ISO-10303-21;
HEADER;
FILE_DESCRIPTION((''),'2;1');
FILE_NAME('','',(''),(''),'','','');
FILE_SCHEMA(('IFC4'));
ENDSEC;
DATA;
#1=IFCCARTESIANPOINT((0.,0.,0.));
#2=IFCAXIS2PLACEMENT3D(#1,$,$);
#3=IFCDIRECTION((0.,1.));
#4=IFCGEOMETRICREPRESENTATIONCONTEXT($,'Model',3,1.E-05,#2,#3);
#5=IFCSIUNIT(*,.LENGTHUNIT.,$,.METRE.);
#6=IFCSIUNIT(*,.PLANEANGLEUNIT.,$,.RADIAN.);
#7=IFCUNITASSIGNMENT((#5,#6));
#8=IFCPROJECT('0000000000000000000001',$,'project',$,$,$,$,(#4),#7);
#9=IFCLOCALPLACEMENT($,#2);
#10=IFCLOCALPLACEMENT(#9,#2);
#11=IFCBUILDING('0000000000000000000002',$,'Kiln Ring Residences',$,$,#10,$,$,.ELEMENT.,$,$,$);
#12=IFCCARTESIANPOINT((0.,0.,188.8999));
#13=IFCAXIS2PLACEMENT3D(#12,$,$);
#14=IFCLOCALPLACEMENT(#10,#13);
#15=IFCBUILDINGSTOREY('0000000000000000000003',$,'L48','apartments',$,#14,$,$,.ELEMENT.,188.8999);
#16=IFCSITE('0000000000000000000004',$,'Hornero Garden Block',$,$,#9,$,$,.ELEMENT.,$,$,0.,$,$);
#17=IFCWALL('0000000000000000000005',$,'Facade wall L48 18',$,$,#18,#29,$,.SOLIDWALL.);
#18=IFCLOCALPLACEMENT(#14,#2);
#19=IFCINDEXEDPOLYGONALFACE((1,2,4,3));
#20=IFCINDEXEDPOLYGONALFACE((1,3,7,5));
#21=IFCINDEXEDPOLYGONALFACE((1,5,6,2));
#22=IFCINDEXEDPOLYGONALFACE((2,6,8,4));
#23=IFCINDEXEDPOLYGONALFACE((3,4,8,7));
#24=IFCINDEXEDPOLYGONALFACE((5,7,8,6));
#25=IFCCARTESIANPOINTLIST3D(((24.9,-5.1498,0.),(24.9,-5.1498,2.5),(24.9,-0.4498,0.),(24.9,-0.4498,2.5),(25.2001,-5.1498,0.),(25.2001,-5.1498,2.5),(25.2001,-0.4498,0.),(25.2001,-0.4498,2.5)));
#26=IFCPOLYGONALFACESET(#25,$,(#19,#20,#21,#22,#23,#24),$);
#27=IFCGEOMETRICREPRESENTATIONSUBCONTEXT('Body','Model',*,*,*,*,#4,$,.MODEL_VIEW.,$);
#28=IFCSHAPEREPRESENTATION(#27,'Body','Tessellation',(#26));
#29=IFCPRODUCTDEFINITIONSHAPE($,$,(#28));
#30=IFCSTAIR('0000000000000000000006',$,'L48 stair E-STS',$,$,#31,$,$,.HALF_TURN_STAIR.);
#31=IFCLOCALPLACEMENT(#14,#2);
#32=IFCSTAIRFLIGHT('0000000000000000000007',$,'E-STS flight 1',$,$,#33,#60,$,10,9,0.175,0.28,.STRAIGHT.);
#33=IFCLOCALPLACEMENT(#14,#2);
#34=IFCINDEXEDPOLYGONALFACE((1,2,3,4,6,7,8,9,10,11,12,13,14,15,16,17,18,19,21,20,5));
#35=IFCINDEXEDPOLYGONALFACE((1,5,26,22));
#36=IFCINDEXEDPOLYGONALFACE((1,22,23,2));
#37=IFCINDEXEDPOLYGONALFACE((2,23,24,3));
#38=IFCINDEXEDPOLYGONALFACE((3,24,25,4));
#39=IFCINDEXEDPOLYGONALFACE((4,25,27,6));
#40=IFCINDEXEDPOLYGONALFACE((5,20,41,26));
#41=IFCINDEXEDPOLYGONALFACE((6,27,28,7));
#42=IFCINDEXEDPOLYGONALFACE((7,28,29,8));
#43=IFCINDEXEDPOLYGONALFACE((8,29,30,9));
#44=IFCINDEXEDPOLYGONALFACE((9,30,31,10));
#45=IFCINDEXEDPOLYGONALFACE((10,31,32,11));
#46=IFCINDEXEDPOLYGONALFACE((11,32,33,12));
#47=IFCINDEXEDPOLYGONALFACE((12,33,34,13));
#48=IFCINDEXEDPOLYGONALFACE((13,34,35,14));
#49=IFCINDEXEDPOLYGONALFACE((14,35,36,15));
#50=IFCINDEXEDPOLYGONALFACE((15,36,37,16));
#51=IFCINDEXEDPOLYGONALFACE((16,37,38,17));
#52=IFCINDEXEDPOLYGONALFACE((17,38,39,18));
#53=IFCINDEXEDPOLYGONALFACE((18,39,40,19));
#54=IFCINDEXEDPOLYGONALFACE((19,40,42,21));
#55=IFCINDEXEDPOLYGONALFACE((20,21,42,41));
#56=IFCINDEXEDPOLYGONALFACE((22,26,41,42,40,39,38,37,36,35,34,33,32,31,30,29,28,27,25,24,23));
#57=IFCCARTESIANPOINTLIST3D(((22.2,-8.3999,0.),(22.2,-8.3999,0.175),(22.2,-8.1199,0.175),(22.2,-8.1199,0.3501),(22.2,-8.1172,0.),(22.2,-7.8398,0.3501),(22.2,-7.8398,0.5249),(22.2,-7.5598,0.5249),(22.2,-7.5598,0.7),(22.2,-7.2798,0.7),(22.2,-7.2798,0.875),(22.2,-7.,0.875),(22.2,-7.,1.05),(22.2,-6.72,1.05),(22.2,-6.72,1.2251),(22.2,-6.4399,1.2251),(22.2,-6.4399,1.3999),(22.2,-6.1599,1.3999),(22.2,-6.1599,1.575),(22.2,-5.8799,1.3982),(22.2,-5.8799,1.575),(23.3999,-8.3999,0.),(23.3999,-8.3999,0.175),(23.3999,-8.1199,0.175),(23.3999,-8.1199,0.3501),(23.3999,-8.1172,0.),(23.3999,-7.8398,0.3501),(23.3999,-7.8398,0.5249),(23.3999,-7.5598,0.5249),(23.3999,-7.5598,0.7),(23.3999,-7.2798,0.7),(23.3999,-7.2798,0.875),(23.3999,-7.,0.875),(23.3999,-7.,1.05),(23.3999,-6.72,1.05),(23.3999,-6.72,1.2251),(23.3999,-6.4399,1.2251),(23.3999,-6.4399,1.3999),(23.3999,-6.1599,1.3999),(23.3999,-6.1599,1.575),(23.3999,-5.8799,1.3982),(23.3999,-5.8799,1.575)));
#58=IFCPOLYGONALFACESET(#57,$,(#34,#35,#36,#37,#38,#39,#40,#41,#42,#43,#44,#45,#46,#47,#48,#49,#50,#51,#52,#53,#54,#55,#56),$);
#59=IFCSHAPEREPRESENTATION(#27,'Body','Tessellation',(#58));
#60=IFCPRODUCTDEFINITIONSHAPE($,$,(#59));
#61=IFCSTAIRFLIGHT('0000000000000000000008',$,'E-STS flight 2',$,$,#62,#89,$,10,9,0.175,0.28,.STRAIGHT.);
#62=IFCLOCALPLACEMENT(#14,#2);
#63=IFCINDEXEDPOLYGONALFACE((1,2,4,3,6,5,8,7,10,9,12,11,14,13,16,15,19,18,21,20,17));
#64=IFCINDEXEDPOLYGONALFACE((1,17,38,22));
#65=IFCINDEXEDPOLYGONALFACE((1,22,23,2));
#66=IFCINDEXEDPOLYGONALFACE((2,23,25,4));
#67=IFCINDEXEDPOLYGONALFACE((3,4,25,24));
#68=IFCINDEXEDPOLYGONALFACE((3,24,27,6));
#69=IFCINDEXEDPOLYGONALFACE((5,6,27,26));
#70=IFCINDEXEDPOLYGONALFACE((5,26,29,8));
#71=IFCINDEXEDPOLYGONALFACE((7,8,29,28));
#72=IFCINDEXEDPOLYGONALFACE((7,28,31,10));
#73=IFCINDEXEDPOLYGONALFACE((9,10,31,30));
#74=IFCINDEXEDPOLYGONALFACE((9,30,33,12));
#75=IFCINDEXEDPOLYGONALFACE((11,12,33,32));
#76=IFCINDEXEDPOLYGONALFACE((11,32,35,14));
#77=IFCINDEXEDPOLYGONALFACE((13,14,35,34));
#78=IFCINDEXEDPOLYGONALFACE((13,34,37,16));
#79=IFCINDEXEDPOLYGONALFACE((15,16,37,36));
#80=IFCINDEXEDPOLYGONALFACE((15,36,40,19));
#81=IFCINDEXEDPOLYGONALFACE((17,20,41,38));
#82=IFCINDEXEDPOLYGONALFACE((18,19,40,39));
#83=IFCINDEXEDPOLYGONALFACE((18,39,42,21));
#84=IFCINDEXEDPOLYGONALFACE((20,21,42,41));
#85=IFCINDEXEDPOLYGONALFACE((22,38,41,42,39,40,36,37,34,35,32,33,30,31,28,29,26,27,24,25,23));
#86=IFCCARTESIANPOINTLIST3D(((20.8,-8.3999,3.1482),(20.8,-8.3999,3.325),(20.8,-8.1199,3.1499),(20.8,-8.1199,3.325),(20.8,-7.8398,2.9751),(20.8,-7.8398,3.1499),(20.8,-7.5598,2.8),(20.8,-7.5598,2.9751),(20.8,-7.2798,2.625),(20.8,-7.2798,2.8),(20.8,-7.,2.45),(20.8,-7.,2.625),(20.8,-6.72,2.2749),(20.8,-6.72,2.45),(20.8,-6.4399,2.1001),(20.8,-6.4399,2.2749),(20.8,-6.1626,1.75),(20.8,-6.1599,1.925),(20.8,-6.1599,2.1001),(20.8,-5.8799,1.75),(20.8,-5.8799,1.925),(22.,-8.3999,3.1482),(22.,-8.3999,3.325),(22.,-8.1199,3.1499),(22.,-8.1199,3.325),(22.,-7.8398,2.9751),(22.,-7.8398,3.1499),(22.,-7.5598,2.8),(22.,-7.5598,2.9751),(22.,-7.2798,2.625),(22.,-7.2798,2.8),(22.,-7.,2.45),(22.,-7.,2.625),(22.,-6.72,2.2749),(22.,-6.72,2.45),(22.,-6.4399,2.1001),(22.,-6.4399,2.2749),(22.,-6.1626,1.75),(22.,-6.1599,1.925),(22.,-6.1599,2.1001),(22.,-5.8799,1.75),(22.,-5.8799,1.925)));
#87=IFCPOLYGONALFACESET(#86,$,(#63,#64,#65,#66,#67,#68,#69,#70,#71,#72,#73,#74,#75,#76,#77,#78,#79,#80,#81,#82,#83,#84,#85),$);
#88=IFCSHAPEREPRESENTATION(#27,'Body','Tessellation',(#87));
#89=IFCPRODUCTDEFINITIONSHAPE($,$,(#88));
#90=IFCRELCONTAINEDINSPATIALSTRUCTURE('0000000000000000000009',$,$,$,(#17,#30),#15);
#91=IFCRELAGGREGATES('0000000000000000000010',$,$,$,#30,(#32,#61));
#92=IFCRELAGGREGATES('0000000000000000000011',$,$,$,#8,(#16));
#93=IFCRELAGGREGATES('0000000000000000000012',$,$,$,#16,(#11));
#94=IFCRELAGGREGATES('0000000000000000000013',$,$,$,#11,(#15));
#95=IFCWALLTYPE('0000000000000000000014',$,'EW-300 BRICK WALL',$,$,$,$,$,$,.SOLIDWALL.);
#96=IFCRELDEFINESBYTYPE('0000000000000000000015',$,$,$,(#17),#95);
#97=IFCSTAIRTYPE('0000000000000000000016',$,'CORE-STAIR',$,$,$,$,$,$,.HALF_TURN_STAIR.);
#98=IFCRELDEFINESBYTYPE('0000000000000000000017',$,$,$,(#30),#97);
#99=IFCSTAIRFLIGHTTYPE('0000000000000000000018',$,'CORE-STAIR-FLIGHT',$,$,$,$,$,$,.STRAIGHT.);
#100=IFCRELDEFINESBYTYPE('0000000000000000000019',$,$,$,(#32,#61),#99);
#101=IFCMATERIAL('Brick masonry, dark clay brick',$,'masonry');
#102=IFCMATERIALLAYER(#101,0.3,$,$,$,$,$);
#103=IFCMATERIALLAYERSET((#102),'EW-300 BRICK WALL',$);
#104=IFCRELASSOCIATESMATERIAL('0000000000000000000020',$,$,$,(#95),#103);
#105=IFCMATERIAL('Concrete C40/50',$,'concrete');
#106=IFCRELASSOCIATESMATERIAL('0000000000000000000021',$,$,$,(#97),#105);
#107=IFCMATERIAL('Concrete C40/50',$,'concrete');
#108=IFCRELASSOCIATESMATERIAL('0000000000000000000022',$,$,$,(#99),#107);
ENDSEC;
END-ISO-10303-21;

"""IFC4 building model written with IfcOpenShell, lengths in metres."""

from ifc_helpers import new_model, si_unit, direction, frame, frame_2d, origin, place, context, subcontext, project, spatial, polyline, rectangle, outline, extrude, material, layer, layer_set, type_object, element, aggregate, save


model = new_model("IFC4")

# Units and contexts
model_context = context("Model", 3, precision=1e-05, world=origin(), true_north=direction((0.0, 1.0)))
body_context = subcontext(model_context, "Body", "Model", "MODEL_VIEW")
ifc_project = project(units=[si_unit("LENGTHUNIT", "METRE"), si_unit("PLANEANGLEUNIT", "RADIAN")], contexts=[model_context])

# Site, building, storey
site_placement = place(None, origin())
site = spatial("IfcSite", under=ifc_project, at=site_placement, Name="Hornero Garden Block", CompositionType="ELEMENT", RefElevation=0.0)
building_placement = place(site_placement, origin())
building = spatial("IfcBuilding", under=site, at=building_placement, Name="Kiln Ring Residences", CompositionType="ELEMENT")
storey_placement = place(building_placement, frame((0.0, 0.0, 188.8999)))
storey = spatial("IfcBuildingStorey", under=building, at=storey_placement, Name="L48", Description="apartments", CompositionType="ELEMENT", Elevation=188.8999)

# Wall
ifc_material_1 = material(Name="Brick masonry, dark clay brick", Category="masonry")
ifc_layer_1 = layer(ifc_material_1, 0.3)
ifc_layer_set_1 = layer_set([ifc_layer_1], Name="EW-300 BRICK WALL")
wall_type_1 = type_object("IfcWallType", Name="EW-300 BRICK WALL", PredefinedType="SOLIDWALL", material=ifc_layer_set_1)
for number, where, z_axis, x_axis, name in (
    (1, (25.05, -5.1499, 0.0), (0.0, 0.0, 1.0), (0.0, 1.0, 0.0), "Facade wall L48 18"),
):
    element("IfcWall", number, at=place(storey_placement, frame(where, z_axis=z_axis, x_axis=x_axis)), inside=storey, type_object=wall_type_1, Name=name, PredefinedType="SOLIDWALL", context=body_context, shape_type="SweptSolid", body=[
        extrude(rectangle(XDim=4.7, YDim=0.3, at=frame_2d((2.3501, 0.0))), origin(), (0.0, 0.0, 1.0), 2.5),
    ])

# Stair, stair flights
ifc_material_2 = material(Name="Concrete C40/50", Category="concrete")
stair_type = type_object("IfcStairType", Name="CORE-STAIR", PredefinedType="HALF_TURN_STAIR", material=ifc_material_2)
stair_placement = place(storey_placement, origin())
stair = element("IfcStair", 2, at=stair_placement, inside=storey, type_object=stair_type, Name="L48 stair E-STS", PredefinedType="HALF_TURN_STAIR")
ifc_material_3 = material(Name="Concrete C40/50", Category="concrete")
stair_flight_type = type_object("IfcStairFlightType", Name="CORE-STAIR-FLIGHT", PredefinedType="STRAIGHT", material=ifc_material_3)
stair_flight_1_placement = place(storey_placement, frame((22.8, -8.3999, 0.0), z_axis=(0.0, 0.0, 1.0), x_axis=(0.0, 1.0, 0.0)))
stair_flight_1 = element("IfcStairFlight", 3, at=stair_flight_1_placement, type_object=stair_flight_type, Name="E-STS flight 1", NumberOfRisers=10, NumberOfTreads=9, PredefinedType="STRAIGHT", RiserHeight=0.175, TreadLength=0.28, context=body_context, shape_type="SweptSolid", body=[
    extrude(outline(polyline([(0.0, 0.0), (0.0, 0.175), (0.28, 0.175), (0.28, 0.3501), (0.5601, 0.3501), (0.5601, 0.5249), (0.8401, 0.5249), (0.8401, 0.7), (1.1201, 0.7), (1.1201, 0.875), (1.3999, 0.875), (1.3999, 1.05), (1.6799, 1.05), (1.6799, 1.2251), (1.96, 1.2251), (1.96, 1.3999), (2.24, 1.3999), (2.24, 1.575), (2.52, 1.575), (2.52, 1.75), (2.52, 1.3982), (0.2827, 0.0), (0.0, 0.0)])), frame((0.0, 0.6001, 0.0), z_axis=(0.0, -1.0, 0.0), x_axis=(1.0, 0.0, 0.0)), (0.0, 0.0, 1.0), 1.2),
])
stair_flight_2_placement = place(storey_placement, frame((21.3999, -5.8799, 1.75), z_axis=(0.0, 0.0, 1.0), x_axis=(0.0, -1.0, 0.0)))
stair_flight_2 = element("IfcStairFlight", 4, at=stair_flight_2_placement, type_object=stair_flight_type, Name="E-STS flight 2", NumberOfRisers=10, NumberOfTreads=9, PredefinedType="STRAIGHT", RiserHeight=0.175, TreadLength=0.28, context=body_context, shape_type="SweptSolid", body=[
    extrude(outline(polyline([(0.0, 0.0), (0.0, 0.175), (0.28, 0.175), (0.28, 0.3501), (0.5601, 0.3501), (0.5601, 0.5249), (0.8401, 0.5249), (0.8401, 0.7), (1.1201, 0.7), (1.1201, 0.875), (1.3999, 0.875), (1.3999, 1.05), (1.6799, 1.05), (1.6799, 1.2251), (1.96, 1.2251), (1.96, 1.3999), (2.24, 1.3999), (2.24, 1.575), (2.52, 1.575), (2.52, 1.75), (2.52, 1.3982), (0.2827, 0.0), (0.0, 0.0)])), frame((0.0, 0.6001, 0.0), z_axis=(0.0, -1.0, 0.0), x_axis=(1.0, 0.0, 0.0)), (0.0, 0.0, 1.0), 1.2),
])
aggregate(stair, [stair_flight_1, stair_flight_2])

save(model, "model.ifc")
